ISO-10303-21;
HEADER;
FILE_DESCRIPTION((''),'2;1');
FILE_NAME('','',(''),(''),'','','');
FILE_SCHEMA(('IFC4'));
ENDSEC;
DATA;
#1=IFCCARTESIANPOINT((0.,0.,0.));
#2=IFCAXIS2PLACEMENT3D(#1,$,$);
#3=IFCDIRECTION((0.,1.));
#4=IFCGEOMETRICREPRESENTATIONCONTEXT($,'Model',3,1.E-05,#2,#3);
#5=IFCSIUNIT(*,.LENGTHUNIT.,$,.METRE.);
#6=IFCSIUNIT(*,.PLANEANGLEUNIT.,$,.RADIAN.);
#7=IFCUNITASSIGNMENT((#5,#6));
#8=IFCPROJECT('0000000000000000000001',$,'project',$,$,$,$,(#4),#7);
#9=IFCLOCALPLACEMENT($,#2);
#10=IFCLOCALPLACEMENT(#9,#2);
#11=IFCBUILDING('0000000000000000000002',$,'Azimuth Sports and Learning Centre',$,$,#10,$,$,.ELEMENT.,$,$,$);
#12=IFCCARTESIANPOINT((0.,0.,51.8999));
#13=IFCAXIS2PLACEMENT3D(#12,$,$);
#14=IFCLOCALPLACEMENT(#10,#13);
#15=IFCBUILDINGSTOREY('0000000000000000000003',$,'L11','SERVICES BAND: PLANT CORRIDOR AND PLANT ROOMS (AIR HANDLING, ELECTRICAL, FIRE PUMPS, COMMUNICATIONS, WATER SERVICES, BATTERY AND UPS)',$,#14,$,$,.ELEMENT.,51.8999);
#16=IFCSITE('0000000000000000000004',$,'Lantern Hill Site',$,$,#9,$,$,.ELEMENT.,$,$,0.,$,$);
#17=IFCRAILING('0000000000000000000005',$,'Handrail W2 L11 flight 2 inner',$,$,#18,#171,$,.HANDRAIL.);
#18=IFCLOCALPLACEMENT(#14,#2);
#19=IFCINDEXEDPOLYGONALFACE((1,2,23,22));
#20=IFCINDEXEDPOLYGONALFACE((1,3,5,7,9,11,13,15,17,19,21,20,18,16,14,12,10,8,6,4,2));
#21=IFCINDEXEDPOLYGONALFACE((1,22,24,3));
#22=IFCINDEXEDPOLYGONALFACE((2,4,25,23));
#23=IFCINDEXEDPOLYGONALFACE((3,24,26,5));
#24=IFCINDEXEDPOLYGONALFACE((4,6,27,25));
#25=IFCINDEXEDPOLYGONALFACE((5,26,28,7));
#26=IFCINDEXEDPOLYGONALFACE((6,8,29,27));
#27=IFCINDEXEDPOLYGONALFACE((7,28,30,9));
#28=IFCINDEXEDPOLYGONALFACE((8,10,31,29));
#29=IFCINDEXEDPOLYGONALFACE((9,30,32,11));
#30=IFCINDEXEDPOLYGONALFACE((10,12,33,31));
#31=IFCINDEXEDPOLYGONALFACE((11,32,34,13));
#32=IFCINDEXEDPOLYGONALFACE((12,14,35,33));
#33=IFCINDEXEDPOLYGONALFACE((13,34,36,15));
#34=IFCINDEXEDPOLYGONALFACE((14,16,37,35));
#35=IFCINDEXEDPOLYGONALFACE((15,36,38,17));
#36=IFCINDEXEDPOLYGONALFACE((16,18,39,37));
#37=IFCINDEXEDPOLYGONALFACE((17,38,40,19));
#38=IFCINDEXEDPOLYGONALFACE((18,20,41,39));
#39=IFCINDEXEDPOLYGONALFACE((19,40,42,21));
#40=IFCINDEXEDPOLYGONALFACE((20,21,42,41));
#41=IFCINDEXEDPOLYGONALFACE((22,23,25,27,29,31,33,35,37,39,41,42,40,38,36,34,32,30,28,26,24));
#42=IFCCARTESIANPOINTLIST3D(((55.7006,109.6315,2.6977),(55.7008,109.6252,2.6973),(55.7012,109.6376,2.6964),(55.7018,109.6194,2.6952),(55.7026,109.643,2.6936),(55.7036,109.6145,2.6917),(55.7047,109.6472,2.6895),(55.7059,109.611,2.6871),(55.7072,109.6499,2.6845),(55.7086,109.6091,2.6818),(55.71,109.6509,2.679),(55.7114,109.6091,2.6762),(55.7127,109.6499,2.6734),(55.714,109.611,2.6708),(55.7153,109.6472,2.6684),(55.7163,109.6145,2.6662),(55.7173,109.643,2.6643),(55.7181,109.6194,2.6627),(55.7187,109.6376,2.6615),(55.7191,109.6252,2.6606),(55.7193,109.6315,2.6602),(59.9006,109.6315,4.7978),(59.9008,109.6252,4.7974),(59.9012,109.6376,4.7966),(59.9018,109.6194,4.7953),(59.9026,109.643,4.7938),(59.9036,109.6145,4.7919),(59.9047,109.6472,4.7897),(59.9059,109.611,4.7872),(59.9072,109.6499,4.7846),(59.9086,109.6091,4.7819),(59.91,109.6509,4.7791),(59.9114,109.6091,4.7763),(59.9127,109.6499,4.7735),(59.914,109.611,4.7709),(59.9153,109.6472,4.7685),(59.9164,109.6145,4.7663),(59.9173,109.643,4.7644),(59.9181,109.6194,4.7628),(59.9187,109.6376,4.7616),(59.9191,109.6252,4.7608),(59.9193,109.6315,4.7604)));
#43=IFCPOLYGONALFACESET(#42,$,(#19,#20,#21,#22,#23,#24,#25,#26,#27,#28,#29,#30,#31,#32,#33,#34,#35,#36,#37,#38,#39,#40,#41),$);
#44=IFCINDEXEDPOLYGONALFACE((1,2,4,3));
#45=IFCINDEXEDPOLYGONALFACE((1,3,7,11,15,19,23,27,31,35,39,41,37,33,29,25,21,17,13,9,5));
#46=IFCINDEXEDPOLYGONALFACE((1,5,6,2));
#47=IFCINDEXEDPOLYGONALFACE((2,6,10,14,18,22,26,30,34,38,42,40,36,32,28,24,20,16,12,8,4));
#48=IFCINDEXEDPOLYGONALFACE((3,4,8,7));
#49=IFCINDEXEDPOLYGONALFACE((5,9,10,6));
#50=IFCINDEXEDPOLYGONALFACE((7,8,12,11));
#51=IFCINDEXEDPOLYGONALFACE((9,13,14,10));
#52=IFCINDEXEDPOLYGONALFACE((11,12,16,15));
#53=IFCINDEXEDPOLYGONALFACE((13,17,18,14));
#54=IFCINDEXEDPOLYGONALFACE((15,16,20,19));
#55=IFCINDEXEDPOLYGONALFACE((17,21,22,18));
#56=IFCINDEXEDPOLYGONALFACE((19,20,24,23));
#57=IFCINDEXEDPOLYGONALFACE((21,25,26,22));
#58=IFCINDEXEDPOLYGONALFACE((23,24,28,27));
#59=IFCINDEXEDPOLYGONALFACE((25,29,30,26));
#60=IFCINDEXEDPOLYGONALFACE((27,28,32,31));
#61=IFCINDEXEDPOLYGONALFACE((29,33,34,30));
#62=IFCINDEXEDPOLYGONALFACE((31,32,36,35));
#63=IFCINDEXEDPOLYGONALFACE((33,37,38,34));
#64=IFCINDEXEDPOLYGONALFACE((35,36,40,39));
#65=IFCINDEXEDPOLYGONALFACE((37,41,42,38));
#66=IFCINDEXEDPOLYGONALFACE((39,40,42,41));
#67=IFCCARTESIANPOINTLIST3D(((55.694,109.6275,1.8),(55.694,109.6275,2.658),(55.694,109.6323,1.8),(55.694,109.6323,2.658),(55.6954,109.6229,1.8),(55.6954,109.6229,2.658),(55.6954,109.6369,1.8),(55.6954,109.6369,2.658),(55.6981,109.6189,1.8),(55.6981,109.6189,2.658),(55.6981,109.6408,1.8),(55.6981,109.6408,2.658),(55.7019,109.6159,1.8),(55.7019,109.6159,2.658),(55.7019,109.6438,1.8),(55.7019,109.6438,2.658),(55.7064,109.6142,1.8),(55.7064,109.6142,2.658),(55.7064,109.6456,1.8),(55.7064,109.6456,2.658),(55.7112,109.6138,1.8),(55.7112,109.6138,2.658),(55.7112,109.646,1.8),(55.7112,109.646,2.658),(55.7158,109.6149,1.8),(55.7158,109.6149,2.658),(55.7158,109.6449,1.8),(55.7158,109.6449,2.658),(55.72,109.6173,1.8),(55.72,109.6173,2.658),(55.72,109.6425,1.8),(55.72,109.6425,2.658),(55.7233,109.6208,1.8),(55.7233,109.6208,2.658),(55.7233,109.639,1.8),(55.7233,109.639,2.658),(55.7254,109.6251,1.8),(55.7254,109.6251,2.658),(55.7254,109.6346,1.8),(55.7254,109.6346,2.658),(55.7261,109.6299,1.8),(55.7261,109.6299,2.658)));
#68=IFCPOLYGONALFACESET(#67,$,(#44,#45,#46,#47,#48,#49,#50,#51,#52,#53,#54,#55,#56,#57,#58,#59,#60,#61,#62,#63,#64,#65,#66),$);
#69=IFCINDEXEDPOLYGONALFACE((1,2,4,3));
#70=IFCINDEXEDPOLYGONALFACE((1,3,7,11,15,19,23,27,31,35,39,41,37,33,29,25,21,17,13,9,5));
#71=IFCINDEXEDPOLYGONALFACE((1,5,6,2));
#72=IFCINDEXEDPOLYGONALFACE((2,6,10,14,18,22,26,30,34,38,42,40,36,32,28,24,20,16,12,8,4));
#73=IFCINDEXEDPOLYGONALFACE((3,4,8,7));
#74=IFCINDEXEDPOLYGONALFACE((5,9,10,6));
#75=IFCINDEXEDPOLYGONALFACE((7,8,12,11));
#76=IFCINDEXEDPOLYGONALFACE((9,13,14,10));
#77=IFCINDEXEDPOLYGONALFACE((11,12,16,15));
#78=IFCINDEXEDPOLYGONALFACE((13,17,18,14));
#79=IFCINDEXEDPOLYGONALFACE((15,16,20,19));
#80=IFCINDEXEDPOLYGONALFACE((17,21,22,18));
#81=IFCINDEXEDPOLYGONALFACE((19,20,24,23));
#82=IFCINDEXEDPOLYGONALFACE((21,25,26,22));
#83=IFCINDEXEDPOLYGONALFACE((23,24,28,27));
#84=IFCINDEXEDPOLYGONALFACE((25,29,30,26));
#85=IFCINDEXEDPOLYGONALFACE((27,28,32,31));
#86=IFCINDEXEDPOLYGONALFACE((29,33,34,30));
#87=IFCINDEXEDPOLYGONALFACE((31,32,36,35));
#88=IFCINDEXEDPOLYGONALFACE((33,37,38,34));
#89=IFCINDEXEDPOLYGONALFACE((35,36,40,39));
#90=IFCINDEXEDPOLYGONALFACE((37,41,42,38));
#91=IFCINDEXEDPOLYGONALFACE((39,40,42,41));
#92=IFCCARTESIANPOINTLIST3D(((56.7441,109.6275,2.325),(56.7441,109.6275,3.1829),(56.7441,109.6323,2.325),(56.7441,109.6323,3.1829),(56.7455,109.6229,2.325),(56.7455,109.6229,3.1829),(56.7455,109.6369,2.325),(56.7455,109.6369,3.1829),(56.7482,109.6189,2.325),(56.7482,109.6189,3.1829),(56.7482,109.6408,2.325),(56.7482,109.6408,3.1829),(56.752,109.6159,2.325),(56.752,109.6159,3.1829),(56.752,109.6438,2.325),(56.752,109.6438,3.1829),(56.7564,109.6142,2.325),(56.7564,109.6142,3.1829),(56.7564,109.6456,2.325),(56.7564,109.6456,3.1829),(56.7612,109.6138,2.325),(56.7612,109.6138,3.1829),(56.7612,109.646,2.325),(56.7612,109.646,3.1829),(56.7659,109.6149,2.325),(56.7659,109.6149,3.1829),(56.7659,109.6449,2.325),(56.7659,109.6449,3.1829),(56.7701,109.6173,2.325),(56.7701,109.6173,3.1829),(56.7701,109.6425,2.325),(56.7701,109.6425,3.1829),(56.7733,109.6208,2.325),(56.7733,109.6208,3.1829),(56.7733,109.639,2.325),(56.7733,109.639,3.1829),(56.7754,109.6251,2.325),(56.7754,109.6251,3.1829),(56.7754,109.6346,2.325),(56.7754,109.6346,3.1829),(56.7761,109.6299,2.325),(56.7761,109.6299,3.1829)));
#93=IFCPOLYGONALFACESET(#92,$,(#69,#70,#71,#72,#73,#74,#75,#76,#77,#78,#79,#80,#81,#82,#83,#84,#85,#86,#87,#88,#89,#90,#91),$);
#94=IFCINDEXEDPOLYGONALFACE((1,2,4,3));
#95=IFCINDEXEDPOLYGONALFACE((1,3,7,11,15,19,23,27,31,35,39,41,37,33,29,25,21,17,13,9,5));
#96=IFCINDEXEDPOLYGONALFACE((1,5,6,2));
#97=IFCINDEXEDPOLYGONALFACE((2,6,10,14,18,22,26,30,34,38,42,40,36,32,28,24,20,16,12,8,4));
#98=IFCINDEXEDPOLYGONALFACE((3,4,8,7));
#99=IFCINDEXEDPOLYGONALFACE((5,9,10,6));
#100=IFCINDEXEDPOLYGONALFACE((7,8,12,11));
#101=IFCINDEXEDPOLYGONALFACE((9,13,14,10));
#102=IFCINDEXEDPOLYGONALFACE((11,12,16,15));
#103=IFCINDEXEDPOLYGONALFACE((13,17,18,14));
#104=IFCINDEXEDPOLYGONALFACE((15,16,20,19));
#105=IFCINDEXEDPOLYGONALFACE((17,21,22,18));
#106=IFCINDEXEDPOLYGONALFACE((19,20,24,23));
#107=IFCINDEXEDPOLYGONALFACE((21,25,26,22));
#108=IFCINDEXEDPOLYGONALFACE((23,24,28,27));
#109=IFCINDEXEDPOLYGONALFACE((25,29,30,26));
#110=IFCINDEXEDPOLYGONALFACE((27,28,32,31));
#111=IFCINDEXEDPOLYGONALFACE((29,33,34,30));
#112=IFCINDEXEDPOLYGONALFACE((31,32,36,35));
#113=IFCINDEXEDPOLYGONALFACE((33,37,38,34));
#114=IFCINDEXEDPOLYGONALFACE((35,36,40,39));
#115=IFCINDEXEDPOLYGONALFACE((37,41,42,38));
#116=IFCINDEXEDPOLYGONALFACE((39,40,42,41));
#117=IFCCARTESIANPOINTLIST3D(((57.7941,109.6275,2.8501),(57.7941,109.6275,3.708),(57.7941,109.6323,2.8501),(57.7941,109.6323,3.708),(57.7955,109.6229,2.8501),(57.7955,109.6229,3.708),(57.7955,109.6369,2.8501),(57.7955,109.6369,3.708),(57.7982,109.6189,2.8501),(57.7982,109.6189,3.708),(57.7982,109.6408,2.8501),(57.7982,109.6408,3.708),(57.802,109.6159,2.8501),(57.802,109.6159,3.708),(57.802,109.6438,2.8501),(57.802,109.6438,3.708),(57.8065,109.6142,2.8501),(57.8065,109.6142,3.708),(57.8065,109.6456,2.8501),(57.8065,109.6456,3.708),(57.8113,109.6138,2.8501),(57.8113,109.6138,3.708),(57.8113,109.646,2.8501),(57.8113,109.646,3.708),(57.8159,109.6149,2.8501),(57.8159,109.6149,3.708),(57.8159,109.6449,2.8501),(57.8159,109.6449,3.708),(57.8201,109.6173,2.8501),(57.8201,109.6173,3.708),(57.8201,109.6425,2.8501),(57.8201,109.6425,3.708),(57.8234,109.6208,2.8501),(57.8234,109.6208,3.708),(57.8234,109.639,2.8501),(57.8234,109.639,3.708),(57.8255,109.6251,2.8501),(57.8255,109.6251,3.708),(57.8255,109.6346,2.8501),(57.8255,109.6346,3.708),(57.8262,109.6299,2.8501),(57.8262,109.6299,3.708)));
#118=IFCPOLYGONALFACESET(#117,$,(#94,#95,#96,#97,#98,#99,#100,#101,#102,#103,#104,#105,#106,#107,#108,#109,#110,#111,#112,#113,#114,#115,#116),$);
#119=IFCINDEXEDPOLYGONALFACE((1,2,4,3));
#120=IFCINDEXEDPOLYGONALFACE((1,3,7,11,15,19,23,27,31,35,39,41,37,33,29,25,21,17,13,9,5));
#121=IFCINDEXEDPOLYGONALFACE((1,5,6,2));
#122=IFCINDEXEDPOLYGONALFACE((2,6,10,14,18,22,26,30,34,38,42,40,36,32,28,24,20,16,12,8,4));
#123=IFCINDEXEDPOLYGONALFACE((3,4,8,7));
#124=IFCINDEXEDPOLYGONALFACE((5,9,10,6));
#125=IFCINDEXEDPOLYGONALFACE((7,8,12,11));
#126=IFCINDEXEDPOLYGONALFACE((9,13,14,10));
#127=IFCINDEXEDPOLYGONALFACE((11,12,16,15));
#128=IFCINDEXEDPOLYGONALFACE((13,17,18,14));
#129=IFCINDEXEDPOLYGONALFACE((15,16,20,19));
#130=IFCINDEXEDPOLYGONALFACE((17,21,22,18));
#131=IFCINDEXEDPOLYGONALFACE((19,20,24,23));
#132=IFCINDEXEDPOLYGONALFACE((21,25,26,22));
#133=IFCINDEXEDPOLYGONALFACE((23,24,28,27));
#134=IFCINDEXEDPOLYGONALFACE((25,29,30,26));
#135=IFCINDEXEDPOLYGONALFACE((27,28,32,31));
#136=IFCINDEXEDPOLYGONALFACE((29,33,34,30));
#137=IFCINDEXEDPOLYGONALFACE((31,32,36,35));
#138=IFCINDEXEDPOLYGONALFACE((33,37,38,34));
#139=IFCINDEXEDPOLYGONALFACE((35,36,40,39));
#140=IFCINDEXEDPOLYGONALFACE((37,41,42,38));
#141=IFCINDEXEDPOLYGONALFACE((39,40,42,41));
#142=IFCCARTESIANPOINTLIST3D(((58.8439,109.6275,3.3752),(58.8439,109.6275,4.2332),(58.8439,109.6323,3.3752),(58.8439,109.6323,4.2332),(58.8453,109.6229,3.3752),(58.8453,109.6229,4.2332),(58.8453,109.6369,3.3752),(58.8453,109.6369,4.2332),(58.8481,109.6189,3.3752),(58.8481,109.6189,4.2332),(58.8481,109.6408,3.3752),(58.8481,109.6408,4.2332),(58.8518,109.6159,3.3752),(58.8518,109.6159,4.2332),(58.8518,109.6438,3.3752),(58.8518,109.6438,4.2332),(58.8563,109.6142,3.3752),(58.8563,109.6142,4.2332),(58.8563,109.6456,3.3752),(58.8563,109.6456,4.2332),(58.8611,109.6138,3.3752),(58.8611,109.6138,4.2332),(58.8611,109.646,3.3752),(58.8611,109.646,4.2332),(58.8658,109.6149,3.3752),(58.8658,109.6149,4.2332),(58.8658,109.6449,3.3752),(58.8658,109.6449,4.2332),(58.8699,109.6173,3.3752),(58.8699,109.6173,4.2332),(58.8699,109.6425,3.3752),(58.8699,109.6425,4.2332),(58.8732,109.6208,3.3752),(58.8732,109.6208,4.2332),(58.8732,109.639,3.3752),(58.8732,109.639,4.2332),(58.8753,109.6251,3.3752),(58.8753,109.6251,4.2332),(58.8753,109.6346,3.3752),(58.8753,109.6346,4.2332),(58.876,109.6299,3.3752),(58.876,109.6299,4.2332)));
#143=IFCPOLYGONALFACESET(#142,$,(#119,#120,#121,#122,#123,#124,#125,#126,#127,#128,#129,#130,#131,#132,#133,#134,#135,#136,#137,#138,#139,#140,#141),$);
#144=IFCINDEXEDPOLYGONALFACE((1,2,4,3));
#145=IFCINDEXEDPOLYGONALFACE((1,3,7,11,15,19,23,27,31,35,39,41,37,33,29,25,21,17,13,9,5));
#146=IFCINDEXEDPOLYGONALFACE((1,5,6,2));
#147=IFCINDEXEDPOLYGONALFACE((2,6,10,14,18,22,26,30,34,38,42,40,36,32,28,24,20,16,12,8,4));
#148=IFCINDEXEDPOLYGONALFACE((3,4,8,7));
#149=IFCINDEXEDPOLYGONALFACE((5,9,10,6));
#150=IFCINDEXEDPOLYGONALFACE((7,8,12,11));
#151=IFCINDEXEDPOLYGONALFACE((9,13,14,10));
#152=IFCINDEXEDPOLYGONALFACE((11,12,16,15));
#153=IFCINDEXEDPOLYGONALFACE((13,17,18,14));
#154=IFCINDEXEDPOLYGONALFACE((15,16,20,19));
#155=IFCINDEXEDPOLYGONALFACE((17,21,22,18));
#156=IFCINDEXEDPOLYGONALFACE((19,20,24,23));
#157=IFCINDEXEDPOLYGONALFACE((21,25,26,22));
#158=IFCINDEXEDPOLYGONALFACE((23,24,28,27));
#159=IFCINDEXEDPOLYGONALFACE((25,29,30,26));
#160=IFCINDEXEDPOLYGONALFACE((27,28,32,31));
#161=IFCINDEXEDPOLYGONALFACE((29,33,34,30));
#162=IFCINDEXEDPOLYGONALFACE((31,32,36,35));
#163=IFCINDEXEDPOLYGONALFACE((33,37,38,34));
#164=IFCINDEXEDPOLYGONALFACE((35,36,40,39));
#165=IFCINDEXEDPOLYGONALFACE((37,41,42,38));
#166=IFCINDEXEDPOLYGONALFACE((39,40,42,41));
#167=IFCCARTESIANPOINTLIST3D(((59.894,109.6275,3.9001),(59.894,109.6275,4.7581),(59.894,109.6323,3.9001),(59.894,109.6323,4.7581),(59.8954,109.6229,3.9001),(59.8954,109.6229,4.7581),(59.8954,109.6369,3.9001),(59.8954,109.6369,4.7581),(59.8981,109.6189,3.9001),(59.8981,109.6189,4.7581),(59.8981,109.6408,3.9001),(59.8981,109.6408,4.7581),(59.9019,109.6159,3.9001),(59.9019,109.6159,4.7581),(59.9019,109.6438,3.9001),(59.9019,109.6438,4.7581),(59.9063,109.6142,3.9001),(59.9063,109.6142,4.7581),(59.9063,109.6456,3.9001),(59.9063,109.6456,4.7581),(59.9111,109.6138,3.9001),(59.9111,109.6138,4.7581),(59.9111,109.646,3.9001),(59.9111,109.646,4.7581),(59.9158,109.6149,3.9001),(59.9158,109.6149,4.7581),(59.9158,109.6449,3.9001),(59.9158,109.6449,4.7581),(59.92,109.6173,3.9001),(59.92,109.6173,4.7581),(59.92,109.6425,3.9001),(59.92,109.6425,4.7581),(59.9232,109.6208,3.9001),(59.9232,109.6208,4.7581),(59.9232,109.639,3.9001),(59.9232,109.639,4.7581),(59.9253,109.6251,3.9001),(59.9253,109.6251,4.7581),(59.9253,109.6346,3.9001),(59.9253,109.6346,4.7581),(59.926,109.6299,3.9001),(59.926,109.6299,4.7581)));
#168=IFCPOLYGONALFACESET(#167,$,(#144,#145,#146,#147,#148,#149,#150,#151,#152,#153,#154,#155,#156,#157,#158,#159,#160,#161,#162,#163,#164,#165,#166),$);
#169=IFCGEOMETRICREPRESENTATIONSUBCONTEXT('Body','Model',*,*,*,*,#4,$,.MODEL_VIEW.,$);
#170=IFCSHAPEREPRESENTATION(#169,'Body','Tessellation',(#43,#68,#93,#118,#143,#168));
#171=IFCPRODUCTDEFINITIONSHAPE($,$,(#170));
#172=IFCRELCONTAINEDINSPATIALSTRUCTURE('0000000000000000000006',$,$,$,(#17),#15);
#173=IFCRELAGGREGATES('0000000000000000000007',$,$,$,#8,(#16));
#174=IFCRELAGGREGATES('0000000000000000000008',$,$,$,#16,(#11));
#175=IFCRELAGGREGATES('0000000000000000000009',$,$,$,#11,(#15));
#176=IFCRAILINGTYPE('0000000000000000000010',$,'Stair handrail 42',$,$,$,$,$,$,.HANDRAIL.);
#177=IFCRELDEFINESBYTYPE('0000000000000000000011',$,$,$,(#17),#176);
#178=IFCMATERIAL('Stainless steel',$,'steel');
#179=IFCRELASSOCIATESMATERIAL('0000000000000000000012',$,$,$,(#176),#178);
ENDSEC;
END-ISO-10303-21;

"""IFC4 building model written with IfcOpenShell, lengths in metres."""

from ifc_helpers import new_model, si_unit, direction, frame, origin, origin_2d, place, context, subcontext, project, spatial, circle, extrude, material, type_object, element, save


model = new_model("IFC4")

# Units and contexts
model_context = context("Model", 3, precision=1e-05, world=origin(), true_north=direction((0.0, 1.0)))
body_context = subcontext(model_context, "Body", "Model", "MODEL_VIEW")
ifc_project = project(units=[si_unit("LENGTHUNIT", "METRE"), si_unit("PLANEANGLEUNIT", "RADIAN")], contexts=[model_context])

# Site, building, storey
site_placement = place(None, origin())
site = spatial("IfcSite", under=ifc_project, at=site_placement, Name="Lantern Hill Site", CompositionType="ELEMENT", RefElevation=0.0)
building_placement = place(site_placement, origin())
building = spatial("IfcBuilding", under=site, at=building_placement, Name="Azimuth Sports and Learning Centre", CompositionType="ELEMENT")
storey_placement = place(building_placement, frame((0.0, 0.0, 51.8999)))
storey = spatial("IfcBuildingStorey", under=building, at=storey_placement, Name="L11", Description="SERVICES BAND: PLANT CORRIDOR AND PLANT ROOMS (AIR HANDLING, ELECTRICAL, FIRE PUMPS, COMMUNICATIONS, WATER SERVICES, BATTERY AND UPS)", CompositionType="ELEMENT", Elevation=51.8999)

# Railing
ifc_material_1 = material(Name="Stainless steel", Category="steel")
railing_type = type_object("IfcRailingType", Name="Stair handrail 42", PredefinedType="HANDRAIL", material=ifc_material_1)
for number, where, name in (
    (1, (55.71, 109.6299, 1.8), "Handrail W2 L11 flight 2 inner"),
):
    element("IfcRailing", number, at=place(storey_placement, frame(where)), inside=storey, type_object=railing_type, Name=name, PredefinedType="HANDRAIL", context=body_context, shape_type="SweptSolid", body=[
        extrude(circle(Radius=0.021, at=origin_2d()), frame((0.0, 0.0, 0.8789), z_axis=(0.894417, 0.0, 0.447234), x_axis=(0.0, 1.0, 0.0)), (0.0, 0.0, 1.0), 4.6958),
        extrude(circle(Radius=0.0161, at=origin_2d()), origin(), (0.0, 0.0, 1.0), 0.8579),
        extrude(circle(Radius=0.0161, at=origin_2d()), frame((1.05, 0.0, 0.5249)), (0.0, 0.0, 1.0), 0.8579),
        extrude(circle(Radius=0.0161, at=origin_2d()), frame((2.1001, 0.0, 1.05)), (0.0, 0.0, 1.0), 0.8579),
        extrude(circle(Radius=0.0161, at=origin_2d()), frame((3.1499, 0.0, 1.5752)), (0.0, 0.0, 1.0), 0.8579),
        extrude(circle(Radius=0.0161, at=origin_2d()), frame((4.2, 0.0, 2.1001)), (0.0, 0.0, 1.0), 0.8579),
    ])

save(model, "model.ifc")
